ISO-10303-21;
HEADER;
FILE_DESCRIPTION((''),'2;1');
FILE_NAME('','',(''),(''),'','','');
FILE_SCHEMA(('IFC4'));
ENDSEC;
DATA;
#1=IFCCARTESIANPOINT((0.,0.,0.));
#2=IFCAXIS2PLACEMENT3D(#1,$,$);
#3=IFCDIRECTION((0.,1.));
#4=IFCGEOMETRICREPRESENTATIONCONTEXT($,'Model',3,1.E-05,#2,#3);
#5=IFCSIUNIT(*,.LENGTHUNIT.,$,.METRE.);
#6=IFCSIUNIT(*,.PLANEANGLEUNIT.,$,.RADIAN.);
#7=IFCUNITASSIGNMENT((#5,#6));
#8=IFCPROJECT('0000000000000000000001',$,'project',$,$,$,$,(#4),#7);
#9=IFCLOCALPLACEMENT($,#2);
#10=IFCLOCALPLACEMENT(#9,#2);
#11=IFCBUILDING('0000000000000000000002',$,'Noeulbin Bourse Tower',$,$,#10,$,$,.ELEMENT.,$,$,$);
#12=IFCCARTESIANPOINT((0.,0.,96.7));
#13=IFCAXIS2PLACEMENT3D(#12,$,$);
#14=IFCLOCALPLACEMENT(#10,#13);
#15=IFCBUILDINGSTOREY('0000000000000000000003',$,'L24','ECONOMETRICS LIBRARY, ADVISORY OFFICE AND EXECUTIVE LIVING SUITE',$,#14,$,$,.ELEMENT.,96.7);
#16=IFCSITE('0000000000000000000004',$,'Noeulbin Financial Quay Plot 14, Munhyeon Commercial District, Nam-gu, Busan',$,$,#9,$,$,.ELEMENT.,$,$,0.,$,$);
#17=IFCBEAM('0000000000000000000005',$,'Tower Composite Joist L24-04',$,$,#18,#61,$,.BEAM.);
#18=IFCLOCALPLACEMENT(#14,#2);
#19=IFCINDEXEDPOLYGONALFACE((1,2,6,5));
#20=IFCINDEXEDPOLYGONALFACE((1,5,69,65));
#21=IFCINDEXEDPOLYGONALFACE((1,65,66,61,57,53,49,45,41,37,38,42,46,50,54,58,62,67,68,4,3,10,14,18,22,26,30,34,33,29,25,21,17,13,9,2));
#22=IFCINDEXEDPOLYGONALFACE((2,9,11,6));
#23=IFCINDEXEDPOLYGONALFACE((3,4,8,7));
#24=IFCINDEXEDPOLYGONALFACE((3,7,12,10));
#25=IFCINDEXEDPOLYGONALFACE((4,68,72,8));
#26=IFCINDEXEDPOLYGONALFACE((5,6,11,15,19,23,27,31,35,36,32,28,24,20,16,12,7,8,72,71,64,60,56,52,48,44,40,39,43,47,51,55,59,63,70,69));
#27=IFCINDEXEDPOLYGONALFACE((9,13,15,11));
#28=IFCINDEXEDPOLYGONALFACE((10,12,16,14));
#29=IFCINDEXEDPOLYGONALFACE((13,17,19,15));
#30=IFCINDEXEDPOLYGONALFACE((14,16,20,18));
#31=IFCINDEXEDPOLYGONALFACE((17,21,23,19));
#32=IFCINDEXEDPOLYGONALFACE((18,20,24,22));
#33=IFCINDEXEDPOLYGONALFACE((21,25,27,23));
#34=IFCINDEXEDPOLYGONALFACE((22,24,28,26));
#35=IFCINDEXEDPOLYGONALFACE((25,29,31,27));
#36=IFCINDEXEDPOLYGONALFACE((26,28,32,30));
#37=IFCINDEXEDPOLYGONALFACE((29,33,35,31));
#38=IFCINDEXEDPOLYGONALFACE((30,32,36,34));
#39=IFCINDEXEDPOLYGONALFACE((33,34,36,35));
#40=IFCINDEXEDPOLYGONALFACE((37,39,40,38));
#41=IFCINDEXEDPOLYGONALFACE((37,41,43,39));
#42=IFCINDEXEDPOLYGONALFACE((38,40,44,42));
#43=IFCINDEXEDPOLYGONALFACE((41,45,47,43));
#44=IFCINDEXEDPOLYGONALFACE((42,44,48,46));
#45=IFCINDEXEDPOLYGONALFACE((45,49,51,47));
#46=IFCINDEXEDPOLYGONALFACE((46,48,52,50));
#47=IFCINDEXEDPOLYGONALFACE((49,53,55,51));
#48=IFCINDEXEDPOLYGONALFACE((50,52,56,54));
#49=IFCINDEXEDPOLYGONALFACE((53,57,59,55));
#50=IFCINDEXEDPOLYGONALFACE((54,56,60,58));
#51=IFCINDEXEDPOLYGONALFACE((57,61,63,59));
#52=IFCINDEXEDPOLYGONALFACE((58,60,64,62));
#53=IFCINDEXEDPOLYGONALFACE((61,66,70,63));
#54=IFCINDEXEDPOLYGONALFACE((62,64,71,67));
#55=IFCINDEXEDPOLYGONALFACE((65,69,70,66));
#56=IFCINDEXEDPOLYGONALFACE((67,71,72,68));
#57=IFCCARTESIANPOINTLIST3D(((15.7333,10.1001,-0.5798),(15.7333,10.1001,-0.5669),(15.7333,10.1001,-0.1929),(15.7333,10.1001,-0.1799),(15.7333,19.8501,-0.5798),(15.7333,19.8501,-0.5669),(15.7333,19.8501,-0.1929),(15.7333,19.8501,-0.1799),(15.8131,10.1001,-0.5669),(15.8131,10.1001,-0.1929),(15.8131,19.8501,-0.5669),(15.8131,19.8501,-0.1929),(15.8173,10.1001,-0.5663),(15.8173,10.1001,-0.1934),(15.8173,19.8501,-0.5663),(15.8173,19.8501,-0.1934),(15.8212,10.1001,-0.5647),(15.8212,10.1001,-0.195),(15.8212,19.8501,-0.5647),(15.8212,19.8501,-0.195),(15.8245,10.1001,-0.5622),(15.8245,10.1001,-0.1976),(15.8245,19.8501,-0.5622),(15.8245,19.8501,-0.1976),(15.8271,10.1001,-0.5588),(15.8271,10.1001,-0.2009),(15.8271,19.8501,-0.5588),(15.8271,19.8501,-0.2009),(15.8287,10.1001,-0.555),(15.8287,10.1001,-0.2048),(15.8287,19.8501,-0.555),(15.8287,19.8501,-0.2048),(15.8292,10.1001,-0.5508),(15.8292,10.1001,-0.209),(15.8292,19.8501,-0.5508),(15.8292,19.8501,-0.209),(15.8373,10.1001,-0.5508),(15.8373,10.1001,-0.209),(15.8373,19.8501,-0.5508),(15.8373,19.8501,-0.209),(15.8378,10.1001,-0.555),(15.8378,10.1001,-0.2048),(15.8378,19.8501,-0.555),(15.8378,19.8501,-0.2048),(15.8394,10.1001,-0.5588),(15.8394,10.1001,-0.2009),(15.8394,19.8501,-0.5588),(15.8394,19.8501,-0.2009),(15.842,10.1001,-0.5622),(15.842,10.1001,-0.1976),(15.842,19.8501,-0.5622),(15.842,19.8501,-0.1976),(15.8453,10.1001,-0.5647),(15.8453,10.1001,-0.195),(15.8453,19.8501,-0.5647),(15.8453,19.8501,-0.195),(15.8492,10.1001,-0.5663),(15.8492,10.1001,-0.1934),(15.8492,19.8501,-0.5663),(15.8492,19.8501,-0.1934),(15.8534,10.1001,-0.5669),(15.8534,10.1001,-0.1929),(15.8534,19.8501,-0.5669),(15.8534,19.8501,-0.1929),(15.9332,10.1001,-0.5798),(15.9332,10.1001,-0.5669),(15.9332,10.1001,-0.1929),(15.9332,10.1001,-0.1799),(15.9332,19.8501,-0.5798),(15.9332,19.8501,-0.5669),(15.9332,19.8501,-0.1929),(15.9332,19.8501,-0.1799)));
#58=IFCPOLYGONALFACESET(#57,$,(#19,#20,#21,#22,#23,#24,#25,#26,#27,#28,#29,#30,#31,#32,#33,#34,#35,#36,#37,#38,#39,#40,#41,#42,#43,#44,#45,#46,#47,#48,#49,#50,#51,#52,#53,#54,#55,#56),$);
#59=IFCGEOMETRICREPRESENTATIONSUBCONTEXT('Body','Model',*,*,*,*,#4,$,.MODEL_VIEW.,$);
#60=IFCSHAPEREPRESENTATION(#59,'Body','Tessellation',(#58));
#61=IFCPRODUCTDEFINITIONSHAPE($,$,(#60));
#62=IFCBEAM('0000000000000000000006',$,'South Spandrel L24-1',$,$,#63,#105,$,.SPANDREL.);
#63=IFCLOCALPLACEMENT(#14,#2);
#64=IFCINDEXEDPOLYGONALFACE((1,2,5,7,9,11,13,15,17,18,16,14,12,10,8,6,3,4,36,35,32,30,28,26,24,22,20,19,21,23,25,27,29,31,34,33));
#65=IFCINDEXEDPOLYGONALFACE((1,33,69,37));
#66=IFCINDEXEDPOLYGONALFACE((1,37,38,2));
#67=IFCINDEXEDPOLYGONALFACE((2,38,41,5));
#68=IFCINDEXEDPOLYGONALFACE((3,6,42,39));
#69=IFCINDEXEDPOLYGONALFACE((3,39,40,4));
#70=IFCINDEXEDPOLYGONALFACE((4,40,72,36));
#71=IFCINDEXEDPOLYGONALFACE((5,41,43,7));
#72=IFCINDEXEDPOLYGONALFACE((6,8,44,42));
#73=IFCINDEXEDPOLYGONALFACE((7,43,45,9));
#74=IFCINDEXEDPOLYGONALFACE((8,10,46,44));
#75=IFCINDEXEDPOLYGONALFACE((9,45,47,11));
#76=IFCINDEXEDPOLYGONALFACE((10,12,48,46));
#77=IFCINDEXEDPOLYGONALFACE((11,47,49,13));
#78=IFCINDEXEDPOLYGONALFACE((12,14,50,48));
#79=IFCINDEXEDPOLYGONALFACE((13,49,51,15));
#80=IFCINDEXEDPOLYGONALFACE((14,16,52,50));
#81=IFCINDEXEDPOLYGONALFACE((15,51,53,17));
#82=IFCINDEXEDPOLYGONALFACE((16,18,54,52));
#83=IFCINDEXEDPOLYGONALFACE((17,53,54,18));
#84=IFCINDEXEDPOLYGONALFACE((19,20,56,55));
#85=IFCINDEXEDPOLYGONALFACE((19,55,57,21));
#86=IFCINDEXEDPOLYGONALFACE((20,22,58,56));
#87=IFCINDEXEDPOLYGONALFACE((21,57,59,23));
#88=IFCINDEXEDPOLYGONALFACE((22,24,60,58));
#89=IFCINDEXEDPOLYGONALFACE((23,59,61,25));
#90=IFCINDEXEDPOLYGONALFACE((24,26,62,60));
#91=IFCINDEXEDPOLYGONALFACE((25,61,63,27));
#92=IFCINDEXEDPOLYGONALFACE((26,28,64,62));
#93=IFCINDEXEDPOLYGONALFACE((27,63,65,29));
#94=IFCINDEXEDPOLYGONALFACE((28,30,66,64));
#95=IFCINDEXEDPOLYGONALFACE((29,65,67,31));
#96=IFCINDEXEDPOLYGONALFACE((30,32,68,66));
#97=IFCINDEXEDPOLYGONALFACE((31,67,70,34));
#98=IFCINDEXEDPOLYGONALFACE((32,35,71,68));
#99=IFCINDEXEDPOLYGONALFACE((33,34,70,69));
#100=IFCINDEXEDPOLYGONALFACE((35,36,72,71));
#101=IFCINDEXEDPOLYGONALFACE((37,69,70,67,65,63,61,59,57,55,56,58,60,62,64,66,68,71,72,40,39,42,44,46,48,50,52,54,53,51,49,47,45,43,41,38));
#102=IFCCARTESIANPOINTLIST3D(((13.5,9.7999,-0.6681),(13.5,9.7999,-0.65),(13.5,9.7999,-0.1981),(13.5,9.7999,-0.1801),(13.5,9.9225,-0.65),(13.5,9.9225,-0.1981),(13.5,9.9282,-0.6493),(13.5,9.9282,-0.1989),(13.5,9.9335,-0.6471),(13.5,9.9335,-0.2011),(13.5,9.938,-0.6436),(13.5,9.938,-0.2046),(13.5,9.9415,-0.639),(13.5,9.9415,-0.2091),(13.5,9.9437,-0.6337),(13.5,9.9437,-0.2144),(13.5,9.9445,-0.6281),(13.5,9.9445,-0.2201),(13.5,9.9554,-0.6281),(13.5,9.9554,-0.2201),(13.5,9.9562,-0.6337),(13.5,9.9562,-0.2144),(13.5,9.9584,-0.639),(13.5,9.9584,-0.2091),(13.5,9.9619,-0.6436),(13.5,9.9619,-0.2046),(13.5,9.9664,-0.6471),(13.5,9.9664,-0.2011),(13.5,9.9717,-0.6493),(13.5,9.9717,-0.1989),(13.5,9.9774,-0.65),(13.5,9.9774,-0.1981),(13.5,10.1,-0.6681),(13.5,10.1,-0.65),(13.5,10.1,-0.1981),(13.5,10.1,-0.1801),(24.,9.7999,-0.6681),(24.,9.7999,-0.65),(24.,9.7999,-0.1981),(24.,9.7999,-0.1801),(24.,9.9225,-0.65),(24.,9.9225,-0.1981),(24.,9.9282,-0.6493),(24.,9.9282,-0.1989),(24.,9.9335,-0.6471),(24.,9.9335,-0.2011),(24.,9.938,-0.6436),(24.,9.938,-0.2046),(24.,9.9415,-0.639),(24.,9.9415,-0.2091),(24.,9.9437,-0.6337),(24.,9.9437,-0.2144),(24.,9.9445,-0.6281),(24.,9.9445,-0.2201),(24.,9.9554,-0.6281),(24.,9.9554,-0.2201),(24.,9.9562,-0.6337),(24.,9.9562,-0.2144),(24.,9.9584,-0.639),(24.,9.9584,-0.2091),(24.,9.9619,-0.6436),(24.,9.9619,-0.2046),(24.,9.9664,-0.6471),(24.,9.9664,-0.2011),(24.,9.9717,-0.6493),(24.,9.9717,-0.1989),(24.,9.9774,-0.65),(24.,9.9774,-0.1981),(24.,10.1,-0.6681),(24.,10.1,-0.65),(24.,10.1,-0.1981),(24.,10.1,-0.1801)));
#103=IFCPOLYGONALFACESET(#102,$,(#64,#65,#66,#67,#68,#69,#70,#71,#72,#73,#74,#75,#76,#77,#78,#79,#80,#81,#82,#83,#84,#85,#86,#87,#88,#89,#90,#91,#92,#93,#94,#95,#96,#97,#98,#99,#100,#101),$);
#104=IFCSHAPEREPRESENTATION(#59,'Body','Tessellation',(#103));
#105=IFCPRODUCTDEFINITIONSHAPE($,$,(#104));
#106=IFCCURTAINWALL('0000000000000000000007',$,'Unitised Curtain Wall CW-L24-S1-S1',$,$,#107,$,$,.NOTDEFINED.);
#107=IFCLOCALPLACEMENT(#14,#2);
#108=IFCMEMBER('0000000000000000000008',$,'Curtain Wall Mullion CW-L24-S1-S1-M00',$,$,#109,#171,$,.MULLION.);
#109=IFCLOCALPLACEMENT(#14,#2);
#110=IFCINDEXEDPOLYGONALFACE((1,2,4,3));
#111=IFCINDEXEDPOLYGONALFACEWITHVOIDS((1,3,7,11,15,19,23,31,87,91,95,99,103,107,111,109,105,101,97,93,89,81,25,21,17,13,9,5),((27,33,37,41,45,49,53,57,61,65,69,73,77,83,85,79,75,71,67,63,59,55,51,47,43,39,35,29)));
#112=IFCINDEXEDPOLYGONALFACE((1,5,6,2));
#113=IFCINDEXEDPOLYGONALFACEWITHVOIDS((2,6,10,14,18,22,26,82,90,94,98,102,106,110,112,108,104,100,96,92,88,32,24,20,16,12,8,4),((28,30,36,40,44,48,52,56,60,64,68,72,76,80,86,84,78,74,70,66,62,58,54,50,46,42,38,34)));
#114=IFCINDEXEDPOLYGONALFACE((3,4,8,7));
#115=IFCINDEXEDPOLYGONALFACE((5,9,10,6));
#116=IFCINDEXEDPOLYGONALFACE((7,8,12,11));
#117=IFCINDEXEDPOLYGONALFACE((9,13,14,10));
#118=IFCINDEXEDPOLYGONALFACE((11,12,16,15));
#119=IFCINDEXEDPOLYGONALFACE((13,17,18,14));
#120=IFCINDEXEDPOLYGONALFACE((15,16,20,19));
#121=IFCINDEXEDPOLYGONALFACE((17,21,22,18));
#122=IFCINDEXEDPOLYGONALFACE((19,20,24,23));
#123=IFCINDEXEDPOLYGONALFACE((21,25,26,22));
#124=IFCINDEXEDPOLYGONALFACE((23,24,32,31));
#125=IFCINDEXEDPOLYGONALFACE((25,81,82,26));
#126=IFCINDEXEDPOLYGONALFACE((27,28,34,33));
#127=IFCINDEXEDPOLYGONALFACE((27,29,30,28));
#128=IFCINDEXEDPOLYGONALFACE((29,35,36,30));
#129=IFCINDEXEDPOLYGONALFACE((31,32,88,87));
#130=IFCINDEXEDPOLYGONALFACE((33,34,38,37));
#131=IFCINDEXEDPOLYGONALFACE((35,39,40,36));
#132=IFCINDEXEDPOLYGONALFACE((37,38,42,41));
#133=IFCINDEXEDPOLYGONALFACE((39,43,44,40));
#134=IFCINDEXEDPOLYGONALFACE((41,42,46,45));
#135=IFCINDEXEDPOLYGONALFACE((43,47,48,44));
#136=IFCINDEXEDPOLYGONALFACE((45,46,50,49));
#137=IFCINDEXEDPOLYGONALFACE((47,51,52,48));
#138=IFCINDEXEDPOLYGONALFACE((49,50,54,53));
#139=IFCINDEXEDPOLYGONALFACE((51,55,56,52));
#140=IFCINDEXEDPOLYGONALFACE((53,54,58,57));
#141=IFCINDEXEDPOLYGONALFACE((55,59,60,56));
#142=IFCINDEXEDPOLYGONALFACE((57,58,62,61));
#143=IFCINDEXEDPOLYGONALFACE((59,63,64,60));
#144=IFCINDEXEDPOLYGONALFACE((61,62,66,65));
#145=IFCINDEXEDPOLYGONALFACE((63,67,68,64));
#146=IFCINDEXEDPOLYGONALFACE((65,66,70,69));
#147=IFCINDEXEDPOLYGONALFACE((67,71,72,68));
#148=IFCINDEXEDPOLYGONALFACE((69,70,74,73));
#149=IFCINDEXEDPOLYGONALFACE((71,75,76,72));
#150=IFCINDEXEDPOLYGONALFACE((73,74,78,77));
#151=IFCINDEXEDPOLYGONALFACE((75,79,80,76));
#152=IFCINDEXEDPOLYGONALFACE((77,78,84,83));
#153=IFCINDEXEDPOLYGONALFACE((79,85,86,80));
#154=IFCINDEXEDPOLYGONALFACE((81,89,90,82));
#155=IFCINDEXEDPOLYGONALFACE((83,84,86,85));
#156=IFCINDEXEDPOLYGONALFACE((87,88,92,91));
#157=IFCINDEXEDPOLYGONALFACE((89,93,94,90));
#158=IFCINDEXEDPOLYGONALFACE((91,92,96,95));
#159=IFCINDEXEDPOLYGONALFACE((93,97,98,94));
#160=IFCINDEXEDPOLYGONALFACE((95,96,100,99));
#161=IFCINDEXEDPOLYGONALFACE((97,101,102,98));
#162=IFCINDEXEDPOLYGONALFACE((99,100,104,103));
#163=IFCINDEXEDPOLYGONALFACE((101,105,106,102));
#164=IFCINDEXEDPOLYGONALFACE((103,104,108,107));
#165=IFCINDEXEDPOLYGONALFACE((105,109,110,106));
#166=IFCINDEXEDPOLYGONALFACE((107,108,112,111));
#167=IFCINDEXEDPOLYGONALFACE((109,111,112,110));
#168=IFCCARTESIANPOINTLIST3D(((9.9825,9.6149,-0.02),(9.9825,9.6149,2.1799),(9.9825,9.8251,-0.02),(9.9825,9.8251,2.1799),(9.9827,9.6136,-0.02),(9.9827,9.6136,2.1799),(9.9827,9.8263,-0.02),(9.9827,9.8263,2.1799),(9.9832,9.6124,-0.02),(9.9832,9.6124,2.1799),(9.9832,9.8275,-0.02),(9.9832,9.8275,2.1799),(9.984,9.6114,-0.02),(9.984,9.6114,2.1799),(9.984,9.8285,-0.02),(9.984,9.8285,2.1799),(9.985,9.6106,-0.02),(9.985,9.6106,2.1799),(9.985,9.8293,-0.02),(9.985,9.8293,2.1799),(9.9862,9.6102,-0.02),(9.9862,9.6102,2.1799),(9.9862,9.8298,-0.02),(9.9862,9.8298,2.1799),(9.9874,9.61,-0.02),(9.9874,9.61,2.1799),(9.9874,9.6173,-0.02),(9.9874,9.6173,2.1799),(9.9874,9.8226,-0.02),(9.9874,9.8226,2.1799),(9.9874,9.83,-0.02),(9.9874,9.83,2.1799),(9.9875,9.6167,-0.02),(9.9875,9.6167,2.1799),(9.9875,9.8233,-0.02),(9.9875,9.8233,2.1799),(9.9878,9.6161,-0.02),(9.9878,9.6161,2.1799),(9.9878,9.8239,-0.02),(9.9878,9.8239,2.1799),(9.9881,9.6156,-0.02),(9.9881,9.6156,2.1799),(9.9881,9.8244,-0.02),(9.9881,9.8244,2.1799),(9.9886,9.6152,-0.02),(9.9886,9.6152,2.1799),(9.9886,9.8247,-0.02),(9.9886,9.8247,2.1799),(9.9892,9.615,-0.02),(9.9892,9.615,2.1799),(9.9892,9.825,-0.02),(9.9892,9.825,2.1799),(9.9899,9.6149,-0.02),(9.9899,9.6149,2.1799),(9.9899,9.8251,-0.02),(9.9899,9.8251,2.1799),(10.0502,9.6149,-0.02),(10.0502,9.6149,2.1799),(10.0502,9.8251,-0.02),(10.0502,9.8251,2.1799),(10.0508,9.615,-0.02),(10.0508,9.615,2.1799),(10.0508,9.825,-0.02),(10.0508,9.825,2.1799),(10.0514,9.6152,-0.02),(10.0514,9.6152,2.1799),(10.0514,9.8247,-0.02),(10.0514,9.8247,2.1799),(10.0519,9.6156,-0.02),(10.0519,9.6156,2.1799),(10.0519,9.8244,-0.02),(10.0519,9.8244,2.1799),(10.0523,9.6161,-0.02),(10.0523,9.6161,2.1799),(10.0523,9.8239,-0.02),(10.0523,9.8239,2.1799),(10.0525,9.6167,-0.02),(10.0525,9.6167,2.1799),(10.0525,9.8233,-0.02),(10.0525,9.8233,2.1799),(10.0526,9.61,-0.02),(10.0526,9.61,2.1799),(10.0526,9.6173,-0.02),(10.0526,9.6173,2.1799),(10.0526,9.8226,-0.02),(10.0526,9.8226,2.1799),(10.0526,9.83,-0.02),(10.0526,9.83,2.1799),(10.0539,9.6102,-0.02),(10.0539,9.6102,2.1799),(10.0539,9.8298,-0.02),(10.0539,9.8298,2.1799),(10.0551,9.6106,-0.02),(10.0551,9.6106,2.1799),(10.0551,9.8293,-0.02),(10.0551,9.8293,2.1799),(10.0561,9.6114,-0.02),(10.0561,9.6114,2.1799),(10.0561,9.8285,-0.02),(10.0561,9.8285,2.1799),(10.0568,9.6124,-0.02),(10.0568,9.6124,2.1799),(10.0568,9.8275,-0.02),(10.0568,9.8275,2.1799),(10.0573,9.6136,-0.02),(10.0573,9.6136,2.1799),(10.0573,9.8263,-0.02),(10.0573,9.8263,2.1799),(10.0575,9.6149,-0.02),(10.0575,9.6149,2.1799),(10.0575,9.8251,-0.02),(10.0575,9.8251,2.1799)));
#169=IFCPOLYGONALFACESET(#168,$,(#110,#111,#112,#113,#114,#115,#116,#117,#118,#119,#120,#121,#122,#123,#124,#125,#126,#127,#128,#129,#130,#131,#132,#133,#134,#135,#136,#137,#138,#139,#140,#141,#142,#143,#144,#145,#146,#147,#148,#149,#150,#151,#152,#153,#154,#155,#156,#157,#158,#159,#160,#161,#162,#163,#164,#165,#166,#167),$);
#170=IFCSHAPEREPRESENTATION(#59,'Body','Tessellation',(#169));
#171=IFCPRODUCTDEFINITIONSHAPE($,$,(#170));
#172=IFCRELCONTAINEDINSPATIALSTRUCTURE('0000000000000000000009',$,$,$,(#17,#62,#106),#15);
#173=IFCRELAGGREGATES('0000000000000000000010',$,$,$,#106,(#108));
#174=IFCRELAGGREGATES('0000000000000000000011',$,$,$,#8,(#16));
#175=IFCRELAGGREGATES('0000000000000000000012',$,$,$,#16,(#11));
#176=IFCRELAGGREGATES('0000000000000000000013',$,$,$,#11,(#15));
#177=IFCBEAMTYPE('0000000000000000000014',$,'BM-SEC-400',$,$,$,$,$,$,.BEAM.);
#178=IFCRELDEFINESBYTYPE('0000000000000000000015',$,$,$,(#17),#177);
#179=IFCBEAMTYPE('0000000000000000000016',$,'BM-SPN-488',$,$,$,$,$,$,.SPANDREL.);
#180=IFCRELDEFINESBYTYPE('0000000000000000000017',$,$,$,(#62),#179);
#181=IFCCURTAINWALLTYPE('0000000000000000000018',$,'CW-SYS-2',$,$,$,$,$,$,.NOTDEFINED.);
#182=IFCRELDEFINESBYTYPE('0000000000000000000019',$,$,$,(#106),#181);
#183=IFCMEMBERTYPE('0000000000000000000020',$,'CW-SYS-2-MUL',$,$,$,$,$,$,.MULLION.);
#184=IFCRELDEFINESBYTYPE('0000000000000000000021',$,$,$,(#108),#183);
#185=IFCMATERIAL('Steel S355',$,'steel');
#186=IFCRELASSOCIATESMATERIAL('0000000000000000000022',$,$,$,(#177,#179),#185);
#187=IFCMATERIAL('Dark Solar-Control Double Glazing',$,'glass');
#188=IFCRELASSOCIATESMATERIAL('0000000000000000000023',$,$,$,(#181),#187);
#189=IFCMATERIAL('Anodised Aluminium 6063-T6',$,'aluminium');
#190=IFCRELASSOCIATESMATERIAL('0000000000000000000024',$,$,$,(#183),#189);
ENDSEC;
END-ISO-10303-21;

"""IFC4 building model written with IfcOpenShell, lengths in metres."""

from ifc_helpers import new_model, si_unit, direction, frame, origin, origin_2d, place, context, subcontext, project, spatial, hollow_rectangle, i_section, extrude, material, material_profile, profile_set, type_object, element, aggregate, save


model = new_model("IFC4")

# Units and contexts
model_context = context("Model", 3, precision=1e-05, world=origin(), true_north=direction((0.0, 1.0)))
body_context = subcontext(model_context, "Body", "Model", "MODEL_VIEW")
ifc_project = project(units=[si_unit("LENGTHUNIT", "METRE"), si_unit("PLANEANGLEUNIT", "RADIAN")], contexts=[model_context])

# Site, building, storey
site_placement = place(None, origin())
site = spatial("IfcSite", under=ifc_project, at=site_placement, Name="Noeulbin Financial Quay Plot 14, Munhyeon Commercial District, Nam-gu, Busan", CompositionType="ELEMENT", RefElevation=0.0)
building_placement = place(site_placement, origin())
building = spatial("IfcBuilding", under=site, at=building_placement, Name="Noeulbin Bourse Tower", CompositionType="ELEMENT")
storey_placement = place(building_placement, frame((0.0, 0.0, 96.7)))
storey = spatial("IfcBuildingStorey", under=building, at=storey_placement, Name="L24", Description="ECONOMETRICS LIBRARY, ADVISORY OFFICE AND EXECUTIVE LIVING SUITE", CompositionType="ELEMENT", Elevation=96.7)

# Beams
ifc_material_1 = material(Name="Steel S355", Category="steel")
ifc_material_profile_1 = material_profile(ifc_material_1, i_section(OverallWidth=0.2, OverallDepth=0.3999, WebThickness=0.0081, FlangeThickness=0.0129, FilletRadius=0.0161, at=origin_2d()), Name="H-400x200x8x13", Category="LoadBearing")
ifc_profile_set_1 = profile_set([ifc_material_profile_1], Name="Steel S355")
beam_type_1 = type_object("IfcBeamType", Name="BM-SEC-400", PredefinedType="BEAM", material=ifc_profile_set_1)
for number, where, z_axis, x_axis, name in (
    (1, (15.8333, 10.1001, -0.3799), (0.0, 1.0, 0.0), (-1.0, 0.0, 0.0), "Tower Composite Joist L24-04"),
):
    element("IfcBeam", number, at=place(storey_placement, frame(where, z_axis=z_axis, x_axis=x_axis)), inside=storey, type_object=beam_type_1, Name=name, PredefinedType="BEAM", context=body_context, shape_type="SweptSolid", body=[
        extrude(i_section(OverallWidth=0.2, OverallDepth=0.3999, WebThickness=0.0081, FlangeThickness=0.0129, FilletRadius=0.0161, at=origin_2d()), origin(), (0.0, 0.0, 1.0), 9.75),
    ])
ifc_material_profile_2 = material_profile(ifc_material_1, i_section(OverallWidth=0.3, OverallDepth=0.488, WebThickness=0.011, FlangeThickness=0.0181, FilletRadius=0.022, at=origin_2d()), Name="H-488x300x11x18", Category="LoadBearing")
ifc_profile_set_2 = profile_set([ifc_material_profile_2], Name="Steel S355")
beam_type_2 = type_object("IfcBeamType", Name="BM-SPN-488", PredefinedType="SPANDREL", material=ifc_profile_set_2)
beam_1_placement = place(storey_placement, frame((13.5, 9.95, -0.4241), z_axis=(1.0, 0.0, 0.0), x_axis=(0.0, 1.0, 0.0)))
element("IfcBeam", 2, at=beam_1_placement, inside=storey, type_object=beam_type_2, Name="South Spandrel L24-1", PredefinedType="SPANDREL", context=body_context, shape_type="SweptSolid", body=[
    extrude(i_section(OverallWidth=0.3, OverallDepth=0.488, WebThickness=0.011, FlangeThickness=0.0181, FilletRadius=0.022, at=origin_2d()), origin(), (0.0, 0.0, 1.0), 10.5),
])

# Curtain wall, member
ifc_material_2 = material(Name="Dark Solar-Control Double Glazing", Category="glass")
curtain_wall_type = type_object("IfcCurtainWallType", Name="CW-SYS-2", PredefinedType="NOTDEFINED", material=ifc_material_2)
curtain_wall_1_placement = place(storey_placement, origin())
curtain_wall_1 = element("IfcCurtainWall", 3, at=curtain_wall_1_placement, inside=storey, type_object=curtain_wall_type, Name="Unitised Curtain Wall CW-L24-S1-S1", PredefinedType="NOTDEFINED")
ifc_material_3 = material(Name="Anodised Aluminium 6063-T6", Category="aluminium")
ifc_material_profile_3 = material_profile(ifc_material_3, hollow_rectangle(XDim=0.075, YDim=0.22, WallThickness=0.0049, InnerFilletRadius=0.0024, OuterFilletRadius=0.0049, at=origin_2d()), Name="ALU-MULL-75x220x5", Category="LoadBearing")
ifc_profile_set_3 = profile_set([ifc_material_profile_3], Name="Anodised Aluminium 6063-T6")
member_type_1 = type_object("IfcMemberType", Name="CW-SYS-2-MUL", PredefinedType="MULLION", material=ifc_profile_set_3)
member_1_placement = place(storey_placement, frame((10.02, 9.72, -0.02), z_axis=(0.0, 0.0, 1.0), x_axis=(1.0, 0.0, 0.0)))
member_1 = element("IfcMember", 4, at=member_1_placement, type_object=member_type_1, Name="Curtain Wall Mullion CW-L24-S1-S1-M00", PredefinedType="MULLION", context=body_context, shape_type="SweptSolid", body=[
    extrude(hollow_rectangle(XDim=0.075, YDim=0.22, WallThickness=0.0049, InnerFilletRadius=0.0024, OuterFilletRadius=0.0049, at=origin_2d()), origin(), (0.0, 0.0, 1.0), 2.2),
])

aggregate(curtain_wall_1, [member_1])

save(model, "model.ifc")
